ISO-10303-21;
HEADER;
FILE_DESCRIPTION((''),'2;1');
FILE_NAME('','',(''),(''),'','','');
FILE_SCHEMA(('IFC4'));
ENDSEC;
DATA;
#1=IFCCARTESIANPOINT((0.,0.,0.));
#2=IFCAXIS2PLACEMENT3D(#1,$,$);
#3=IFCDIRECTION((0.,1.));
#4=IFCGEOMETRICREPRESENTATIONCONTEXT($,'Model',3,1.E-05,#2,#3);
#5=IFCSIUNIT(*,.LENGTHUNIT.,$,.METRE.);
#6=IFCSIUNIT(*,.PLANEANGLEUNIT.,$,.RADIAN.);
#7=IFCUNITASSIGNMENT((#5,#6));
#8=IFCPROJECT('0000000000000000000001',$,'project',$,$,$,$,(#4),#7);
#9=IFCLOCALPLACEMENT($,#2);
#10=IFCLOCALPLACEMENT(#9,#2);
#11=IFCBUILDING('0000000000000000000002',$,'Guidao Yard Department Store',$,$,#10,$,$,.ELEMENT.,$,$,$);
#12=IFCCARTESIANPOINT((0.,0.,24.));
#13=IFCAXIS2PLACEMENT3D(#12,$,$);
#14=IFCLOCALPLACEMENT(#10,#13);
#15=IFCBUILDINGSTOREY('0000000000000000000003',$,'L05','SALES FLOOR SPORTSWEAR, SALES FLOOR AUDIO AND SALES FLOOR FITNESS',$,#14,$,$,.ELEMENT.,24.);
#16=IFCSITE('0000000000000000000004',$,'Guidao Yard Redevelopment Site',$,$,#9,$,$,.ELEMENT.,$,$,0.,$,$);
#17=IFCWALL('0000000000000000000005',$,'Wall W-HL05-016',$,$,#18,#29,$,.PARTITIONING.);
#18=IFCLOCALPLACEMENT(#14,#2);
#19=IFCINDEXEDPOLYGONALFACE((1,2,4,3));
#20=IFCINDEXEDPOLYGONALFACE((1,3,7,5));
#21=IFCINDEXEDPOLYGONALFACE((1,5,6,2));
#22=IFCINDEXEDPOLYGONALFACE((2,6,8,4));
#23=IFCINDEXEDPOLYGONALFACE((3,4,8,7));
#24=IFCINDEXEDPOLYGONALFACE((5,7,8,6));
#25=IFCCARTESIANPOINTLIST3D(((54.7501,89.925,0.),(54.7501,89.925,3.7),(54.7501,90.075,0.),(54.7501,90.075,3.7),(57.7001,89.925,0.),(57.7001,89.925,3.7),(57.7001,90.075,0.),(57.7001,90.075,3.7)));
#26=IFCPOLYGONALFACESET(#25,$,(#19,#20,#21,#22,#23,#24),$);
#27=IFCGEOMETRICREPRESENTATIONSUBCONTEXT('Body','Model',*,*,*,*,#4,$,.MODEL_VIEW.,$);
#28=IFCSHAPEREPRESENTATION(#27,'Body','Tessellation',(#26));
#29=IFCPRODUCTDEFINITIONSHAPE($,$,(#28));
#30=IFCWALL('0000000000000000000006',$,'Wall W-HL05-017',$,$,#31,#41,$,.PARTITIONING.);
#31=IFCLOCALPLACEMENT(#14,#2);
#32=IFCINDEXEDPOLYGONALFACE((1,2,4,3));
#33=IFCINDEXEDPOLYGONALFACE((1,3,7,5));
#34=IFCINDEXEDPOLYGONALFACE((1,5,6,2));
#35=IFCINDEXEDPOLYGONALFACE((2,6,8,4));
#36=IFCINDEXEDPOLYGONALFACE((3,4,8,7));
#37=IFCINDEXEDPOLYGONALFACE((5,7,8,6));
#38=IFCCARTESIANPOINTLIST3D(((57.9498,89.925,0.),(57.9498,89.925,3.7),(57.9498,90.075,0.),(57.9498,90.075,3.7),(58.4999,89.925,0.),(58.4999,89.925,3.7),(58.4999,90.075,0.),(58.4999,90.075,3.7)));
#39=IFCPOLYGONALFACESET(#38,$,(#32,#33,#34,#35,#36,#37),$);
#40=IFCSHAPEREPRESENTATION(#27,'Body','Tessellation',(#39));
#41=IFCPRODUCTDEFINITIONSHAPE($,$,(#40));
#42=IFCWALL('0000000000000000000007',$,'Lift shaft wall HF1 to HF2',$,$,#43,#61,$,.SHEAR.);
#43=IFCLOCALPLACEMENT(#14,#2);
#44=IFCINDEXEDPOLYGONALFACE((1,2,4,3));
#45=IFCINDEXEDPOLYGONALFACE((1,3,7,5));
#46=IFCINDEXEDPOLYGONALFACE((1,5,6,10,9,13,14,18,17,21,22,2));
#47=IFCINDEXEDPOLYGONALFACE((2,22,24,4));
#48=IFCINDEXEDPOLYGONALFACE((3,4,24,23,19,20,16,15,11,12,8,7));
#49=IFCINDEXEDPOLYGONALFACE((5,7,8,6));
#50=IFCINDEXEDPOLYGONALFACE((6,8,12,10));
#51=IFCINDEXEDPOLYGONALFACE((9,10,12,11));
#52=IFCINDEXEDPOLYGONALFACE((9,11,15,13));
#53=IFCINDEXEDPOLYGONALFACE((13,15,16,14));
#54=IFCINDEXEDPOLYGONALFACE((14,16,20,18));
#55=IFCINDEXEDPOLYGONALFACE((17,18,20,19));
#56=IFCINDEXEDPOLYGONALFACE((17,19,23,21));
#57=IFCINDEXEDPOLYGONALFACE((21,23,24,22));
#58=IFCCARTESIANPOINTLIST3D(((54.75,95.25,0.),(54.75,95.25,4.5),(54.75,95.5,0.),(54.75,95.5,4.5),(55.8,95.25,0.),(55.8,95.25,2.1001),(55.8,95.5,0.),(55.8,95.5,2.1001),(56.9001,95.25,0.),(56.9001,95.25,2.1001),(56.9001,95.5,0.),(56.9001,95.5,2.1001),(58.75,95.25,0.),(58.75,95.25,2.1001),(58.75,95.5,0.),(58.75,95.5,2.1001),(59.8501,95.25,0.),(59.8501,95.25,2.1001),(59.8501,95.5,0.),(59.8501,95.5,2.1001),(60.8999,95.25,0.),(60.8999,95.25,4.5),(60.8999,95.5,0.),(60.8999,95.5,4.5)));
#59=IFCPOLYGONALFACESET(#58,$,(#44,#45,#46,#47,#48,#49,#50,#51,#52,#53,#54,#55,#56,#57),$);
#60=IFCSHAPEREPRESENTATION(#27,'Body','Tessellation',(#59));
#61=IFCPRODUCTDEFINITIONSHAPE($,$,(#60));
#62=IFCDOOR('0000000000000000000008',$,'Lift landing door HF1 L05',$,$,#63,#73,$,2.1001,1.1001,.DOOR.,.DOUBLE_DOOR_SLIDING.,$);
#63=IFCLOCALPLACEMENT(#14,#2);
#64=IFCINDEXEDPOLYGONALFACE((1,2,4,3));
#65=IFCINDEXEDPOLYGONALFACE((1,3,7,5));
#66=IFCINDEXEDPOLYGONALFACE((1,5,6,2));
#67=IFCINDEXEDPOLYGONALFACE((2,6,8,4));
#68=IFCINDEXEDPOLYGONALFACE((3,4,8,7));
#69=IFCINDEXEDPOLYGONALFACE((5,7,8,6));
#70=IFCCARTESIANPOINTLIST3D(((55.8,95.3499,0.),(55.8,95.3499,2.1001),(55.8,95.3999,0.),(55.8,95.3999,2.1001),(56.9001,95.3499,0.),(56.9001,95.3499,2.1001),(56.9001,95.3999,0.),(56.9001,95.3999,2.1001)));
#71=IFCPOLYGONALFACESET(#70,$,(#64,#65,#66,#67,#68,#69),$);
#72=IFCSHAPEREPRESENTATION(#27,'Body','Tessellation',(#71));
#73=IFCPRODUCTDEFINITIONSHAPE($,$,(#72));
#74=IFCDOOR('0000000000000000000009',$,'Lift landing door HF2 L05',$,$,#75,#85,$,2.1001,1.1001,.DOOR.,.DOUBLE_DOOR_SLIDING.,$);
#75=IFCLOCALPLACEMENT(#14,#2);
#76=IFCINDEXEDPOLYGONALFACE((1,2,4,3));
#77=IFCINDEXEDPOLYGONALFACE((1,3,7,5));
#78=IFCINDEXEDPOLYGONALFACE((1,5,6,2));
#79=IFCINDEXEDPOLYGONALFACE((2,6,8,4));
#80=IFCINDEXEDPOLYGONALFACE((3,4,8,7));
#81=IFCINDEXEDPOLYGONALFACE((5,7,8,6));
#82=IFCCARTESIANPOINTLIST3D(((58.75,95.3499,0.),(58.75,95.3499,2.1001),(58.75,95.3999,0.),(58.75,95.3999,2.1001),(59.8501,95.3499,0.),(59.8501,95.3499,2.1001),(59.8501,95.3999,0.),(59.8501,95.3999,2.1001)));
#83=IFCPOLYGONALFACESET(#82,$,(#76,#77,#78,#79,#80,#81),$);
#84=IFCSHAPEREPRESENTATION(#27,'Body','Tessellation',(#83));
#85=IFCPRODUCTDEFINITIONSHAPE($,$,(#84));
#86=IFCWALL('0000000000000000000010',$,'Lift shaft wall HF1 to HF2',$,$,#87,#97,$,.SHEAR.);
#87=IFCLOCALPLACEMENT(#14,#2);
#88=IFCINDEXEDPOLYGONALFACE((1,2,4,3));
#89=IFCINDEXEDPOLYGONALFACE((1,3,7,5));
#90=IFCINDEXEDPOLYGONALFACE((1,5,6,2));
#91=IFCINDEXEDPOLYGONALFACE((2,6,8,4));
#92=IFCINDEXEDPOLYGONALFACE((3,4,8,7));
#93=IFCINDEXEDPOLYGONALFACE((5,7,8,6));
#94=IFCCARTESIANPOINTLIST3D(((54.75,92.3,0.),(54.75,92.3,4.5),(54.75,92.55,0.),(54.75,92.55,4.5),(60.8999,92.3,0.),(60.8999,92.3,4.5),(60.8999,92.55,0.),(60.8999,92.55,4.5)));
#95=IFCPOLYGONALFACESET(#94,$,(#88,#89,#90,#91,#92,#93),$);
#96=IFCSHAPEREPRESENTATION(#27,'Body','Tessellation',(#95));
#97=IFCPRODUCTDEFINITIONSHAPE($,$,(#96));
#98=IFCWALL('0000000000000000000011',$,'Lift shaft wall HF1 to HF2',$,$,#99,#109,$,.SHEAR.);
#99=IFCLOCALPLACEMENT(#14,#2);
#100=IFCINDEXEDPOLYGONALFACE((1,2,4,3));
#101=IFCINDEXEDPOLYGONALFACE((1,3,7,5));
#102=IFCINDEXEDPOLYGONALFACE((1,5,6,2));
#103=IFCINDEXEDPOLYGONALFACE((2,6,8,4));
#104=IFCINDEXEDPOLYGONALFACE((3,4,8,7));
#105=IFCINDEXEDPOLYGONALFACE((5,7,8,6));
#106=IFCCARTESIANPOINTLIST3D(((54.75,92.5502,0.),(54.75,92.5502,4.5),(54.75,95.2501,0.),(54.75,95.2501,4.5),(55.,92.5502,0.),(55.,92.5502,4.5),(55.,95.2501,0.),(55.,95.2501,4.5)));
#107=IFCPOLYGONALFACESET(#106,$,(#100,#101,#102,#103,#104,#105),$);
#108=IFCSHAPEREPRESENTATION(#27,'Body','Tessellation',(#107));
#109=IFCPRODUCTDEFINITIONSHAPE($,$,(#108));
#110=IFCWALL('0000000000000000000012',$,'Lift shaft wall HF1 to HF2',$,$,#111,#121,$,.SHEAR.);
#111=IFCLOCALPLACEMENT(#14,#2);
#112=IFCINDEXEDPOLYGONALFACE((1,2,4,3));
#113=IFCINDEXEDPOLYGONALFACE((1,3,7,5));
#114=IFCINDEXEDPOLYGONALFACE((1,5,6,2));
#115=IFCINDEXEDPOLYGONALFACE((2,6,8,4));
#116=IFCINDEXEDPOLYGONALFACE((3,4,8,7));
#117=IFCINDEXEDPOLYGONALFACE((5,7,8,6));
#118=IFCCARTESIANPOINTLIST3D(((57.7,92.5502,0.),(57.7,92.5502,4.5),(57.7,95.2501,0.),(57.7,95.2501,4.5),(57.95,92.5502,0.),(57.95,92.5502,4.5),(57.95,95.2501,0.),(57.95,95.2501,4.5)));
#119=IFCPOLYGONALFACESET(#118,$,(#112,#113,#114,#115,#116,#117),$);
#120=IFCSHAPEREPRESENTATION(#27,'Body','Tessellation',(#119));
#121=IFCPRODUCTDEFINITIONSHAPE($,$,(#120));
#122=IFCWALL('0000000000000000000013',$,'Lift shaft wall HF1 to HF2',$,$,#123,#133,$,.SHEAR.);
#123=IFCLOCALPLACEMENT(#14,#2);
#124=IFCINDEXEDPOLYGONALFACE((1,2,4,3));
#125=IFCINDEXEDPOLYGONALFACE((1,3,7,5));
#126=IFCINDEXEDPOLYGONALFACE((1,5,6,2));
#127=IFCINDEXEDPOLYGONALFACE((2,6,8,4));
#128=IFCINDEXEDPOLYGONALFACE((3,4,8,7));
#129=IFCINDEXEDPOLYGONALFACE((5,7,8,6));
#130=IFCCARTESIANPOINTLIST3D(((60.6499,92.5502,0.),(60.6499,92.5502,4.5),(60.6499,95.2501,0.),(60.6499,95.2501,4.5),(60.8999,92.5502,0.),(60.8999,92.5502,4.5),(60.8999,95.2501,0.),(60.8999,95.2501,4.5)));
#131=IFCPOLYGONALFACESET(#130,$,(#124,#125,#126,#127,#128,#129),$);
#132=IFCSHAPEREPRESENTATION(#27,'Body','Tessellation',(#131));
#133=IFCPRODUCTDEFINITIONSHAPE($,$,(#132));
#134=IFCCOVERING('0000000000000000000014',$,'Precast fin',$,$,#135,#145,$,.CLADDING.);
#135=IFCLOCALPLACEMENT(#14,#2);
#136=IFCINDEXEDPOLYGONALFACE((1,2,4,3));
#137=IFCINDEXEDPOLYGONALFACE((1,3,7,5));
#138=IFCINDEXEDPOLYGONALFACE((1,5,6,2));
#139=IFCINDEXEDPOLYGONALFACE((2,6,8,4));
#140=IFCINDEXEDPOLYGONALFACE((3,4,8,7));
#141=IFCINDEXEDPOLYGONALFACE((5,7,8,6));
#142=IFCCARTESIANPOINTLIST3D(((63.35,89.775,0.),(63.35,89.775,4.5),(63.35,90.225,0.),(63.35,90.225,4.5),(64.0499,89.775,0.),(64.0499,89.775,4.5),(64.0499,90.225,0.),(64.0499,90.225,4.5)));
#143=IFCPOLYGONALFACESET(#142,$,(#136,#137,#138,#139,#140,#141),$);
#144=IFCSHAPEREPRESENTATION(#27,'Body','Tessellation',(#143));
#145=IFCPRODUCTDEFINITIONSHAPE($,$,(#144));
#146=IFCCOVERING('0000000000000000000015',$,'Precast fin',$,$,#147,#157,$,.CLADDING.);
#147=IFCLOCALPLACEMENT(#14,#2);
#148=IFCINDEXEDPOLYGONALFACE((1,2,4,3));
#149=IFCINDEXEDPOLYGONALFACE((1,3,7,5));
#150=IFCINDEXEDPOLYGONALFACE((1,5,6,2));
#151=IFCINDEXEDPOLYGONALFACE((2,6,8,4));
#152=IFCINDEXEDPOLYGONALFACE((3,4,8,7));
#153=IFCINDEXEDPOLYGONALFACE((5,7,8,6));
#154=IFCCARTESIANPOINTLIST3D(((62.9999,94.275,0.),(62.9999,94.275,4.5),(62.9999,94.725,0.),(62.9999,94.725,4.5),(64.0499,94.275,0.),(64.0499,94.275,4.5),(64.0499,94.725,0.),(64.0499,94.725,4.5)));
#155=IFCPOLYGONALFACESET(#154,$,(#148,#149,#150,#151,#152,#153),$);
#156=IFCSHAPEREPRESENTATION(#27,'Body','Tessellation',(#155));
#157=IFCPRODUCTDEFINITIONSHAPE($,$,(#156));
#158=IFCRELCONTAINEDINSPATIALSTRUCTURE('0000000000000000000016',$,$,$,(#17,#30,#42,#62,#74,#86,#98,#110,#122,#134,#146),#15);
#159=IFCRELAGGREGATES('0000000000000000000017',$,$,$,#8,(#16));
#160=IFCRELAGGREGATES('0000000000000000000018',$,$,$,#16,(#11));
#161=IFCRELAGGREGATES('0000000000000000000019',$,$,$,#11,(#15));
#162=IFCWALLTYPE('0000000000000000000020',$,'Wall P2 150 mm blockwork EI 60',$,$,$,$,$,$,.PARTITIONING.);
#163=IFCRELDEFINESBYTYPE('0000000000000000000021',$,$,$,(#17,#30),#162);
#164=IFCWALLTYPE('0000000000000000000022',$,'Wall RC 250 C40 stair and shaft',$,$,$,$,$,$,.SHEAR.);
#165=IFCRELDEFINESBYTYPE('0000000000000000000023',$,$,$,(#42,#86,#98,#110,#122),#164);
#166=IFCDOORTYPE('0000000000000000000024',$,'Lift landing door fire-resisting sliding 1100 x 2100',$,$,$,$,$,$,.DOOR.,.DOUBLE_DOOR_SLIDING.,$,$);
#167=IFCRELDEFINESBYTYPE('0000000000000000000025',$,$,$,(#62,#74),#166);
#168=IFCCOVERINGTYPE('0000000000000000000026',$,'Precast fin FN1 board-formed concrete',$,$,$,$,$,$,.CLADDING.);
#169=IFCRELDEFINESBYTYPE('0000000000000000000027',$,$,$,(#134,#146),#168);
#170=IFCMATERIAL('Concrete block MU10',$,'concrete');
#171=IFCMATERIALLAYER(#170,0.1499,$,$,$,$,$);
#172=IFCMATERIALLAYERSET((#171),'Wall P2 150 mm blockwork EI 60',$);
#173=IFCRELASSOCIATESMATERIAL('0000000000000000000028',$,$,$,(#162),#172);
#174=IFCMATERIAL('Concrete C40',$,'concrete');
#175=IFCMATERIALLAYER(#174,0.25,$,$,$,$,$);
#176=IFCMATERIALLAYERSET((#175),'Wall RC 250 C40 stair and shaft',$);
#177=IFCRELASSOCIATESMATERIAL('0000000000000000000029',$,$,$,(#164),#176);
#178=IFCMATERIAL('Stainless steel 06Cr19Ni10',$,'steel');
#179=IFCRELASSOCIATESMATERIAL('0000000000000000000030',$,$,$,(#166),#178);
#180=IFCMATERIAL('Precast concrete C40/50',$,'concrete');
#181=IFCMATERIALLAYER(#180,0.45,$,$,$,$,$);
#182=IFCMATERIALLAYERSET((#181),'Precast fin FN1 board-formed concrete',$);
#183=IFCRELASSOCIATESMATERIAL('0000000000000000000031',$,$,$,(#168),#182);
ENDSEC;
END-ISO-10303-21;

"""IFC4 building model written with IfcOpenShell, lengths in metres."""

from ifc_helpers import new_model, si_unit, direction, frame, frame_2d, origin, origin_2d, place, context, subcontext, project, spatial, rectangle, extrude, material, layer, layer_set, type_object, element, fill, save


model = new_model("IFC4")

# Units and contexts
model_context = context("Model", 3, precision=1e-05, world=origin(), true_north=direction((0.0, 1.0)))
body_context = subcontext(model_context, "Body", "Model", "MODEL_VIEW")
ifc_project = project(units=[si_unit("LENGTHUNIT", "METRE"), si_unit("PLANEANGLEUNIT", "RADIAN")], contexts=[model_context])

# Site, building, storey
site_placement = place(None, origin())
site = spatial("IfcSite", under=ifc_project, at=site_placement, Name="Guidao Yard Redevelopment Site", CompositionType="ELEMENT", RefElevation=0.0)
building_placement = place(site_placement, origin())
building = spatial("IfcBuilding", under=site, at=building_placement, Name="Guidao Yard Department Store", CompositionType="ELEMENT")
storey_placement = place(building_placement, frame((0.0, 0.0, 24.0)))
storey = spatial("IfcBuildingStorey", under=building, at=storey_placement, Name="L05", Description="SALES FLOOR SPORTSWEAR, SALES FLOOR AUDIO AND SALES FLOOR FITNESS", CompositionType="ELEMENT", Elevation=24.0)

# Walls
ifc_material_1 = material(Name="Concrete block MU10", Category="concrete")
ifc_layer_1 = layer(ifc_material_1, 0.1499)
ifc_layer_set_1 = layer_set([ifc_layer_1], Name="Wall P2 150 mm blockwork EI 60")
wall_type_1 = type_object("IfcWallType", Name="Wall P2 150 mm blockwork EI 60", PredefinedType="PARTITIONING", material=ifc_layer_set_1)
wall_1_placement = place(storey_placement, frame((54.75, 90.0, 0.0), z_axis=(0.0, 0.0, 1.0), x_axis=(1.0, 0.0, 0.0)))
element("IfcWall", 1, at=wall_1_placement, inside=storey, type_object=wall_type_1, Name="Wall W-HL05-016", PredefinedType="PARTITIONING", context=body_context, shape_type="SweptSolid", body=[
    extrude(rectangle(XDim=2.95, YDim=0.1499, at=frame_2d((1.4751, 0.0))), origin(), (0.0, 0.0, 1.0), 3.7),
])
wall_2_placement = place(storey_placement, frame((57.95, 90.0, 0.0), z_axis=(0.0, 0.0, 1.0), x_axis=(1.0, 0.0, 0.0)))
element("IfcWall", 2, at=wall_2_placement, inside=storey, type_object=wall_type_1, Name="Wall W-HL05-017", PredefinedType="PARTITIONING", context=body_context, shape_type="SweptSolid", body=[
    extrude(rectangle(XDim=0.55, YDim=0.1499, at=frame_2d((0.2749, 0.0))), origin(), (0.0, 0.0, 1.0), 3.7),
])

# Wall, openings, doors
ifc_material_2 = material(Name="Concrete C40", Category="concrete")
ifc_layer_2 = layer(ifc_material_2, 0.25)
ifc_layer_set_2 = layer_set([ifc_layer_2], Name="Wall RC 250 C40 stair and shaft")
wall_type_2 = type_object("IfcWallType", Name="Wall RC 250 C40 stair and shaft", PredefinedType="SHEAR", material=ifc_layer_set_2)
wall_3_placement = place(storey_placement, frame((54.75, 95.375, 0.0), z_axis=(0.0, 0.0, 1.0), x_axis=(1.0, 0.0, 0.0)))
wall_3 = element("IfcWall", 3, at=wall_3_placement, inside=storey, type_object=wall_type_2, Name="Lift shaft wall HF1 to HF2", PredefinedType="SHEAR", context=body_context, shape_type="SweptSolid", body=[
    extrude(rectangle(XDim=6.1499, YDim=0.25, at=frame_2d((3.075, 0.0))), origin(), (0.0, 0.0, 1.0), 4.5),
])
opening_1_placement = place(wall_3_placement, frame((1.05, 0.0, 0.0)))
opening_1 = element("IfcOpeningElement", 4, at=opening_1_placement, cuts=wall_3, PredefinedType="OPENING", context=body_context, shape_type="SweptSolid", body=[
    extrude(rectangle(XDim=1.1001, YDim=2.1001, at=frame_2d((0.55, 1.05))), frame((0.0, 0.135, 0.0), z_axis=(0.0, -1.0, 0.0), x_axis=(1.0, 0.0, 0.0)), (0.0, 0.0, 1.0), 0.27),
])
opening_2_placement = place(wall_3_placement, frame((4.0, 0.0, 0.0)))
opening_2 = element("IfcOpeningElement", 5, at=opening_2_placement, cuts=wall_3, PredefinedType="OPENING", context=body_context, shape_type="SweptSolid", body=[
    extrude(rectangle(XDim=1.1001, YDim=2.1001, at=frame_2d((0.55, 1.05))), frame((0.0, 0.135, 0.0), z_axis=(0.0, -1.0, 0.0), x_axis=(1.0, 0.0, 0.0)), (0.0, 0.0, 1.0), 0.27),
])
ifc_material_3 = material(Name="Stainless steel 06Cr19Ni10", Category="steel")
door_type = type_object("IfcDoorType", Name="Lift landing door fire-resisting sliding 1100 x 2100", OperationType="DOUBLE_DOOR_SLIDING", PredefinedType="DOOR", material=ifc_material_3)
door_1_placement = place(opening_1_placement, origin())
door_1 = element("IfcDoor", 6, at=door_1_placement, inside=storey, type_object=door_type, Name="Lift landing door HF1 L05", OperationType="DOUBLE_DOOR_SLIDING", OverallHeight=2.1001, OverallWidth=1.1001, PredefinedType="DOOR", context=body_context, shape_type="SweptSolid", body=[
    extrude(rectangle(XDim=1.1001, YDim=2.1001, at=frame_2d((0.55, 1.05))), frame((0.0, 0.0249, 0.0), z_axis=(0.0, -1.0, 0.0), x_axis=(1.0, 0.0, 0.0)), (0.0, 0.0, 1.0), 0.05),
])
fill(opening_1, door_1)
door_2_placement = place(opening_2_placement, origin())
door_2 = element("IfcDoor", 7, at=door_2_placement, inside=storey, type_object=door_type, Name="Lift landing door HF2 L05", OperationType="DOUBLE_DOOR_SLIDING", OverallHeight=2.1001, OverallWidth=1.1001, PredefinedType="DOOR", context=body_context, shape_type="SweptSolid", body=[
    extrude(rectangle(XDim=1.1001, YDim=2.1001, at=frame_2d((0.55, 1.05))), frame((0.0, 0.0249, 0.0), z_axis=(0.0, -1.0, 0.0), x_axis=(1.0, 0.0, 0.0)), (0.0, 0.0, 1.0), 0.05),
])
fill(opening_2, door_2)

# Walls
wall_4_placement = place(storey_placement, frame((54.75, 92.425, 0.0), z_axis=(0.0, 0.0, 1.0), x_axis=(1.0, 0.0, 0.0)))
element("IfcWall", 8, at=wall_4_placement, inside=storey, type_object=wall_type_2, Name="Lift shaft wall HF1 to HF2", PredefinedType="SHEAR", context=body_context, shape_type="SweptSolid", body=[
    extrude(rectangle(XDim=6.1499, YDim=0.25, at=frame_2d((3.075, 0.0))), origin(), (0.0, 0.0, 1.0), 4.5),
])
for number, where, z_axis, x_axis, name in (
    (9, (54.875, 92.55, 0.0), (0.0, 0.0, 1.0), (0.0, 1.0, 0.0), "Lift shaft wall HF1 to HF2"),
    (10, (57.825, 92.55, 0.0), (0.0, 0.0, 1.0), (0.0, 1.0, 0.0), "Lift shaft wall HF1 to HF2"),
    (11, (60.7749, 92.55, 0.0), (0.0, 0.0, 1.0), (0.0, 1.0, 0.0), "Lift shaft wall HF1 to HF2"),
):
    element("IfcWall", number, at=place(storey_placement, frame(where, z_axis=z_axis, x_axis=x_axis)), inside=storey, type_object=wall_type_2, Name=name, PredefinedType="SHEAR", context=body_context, shape_type="SweptSolid", body=[
        extrude(rectangle(XDim=2.7, YDim=0.25, at=frame_2d((1.3501, 0.0))), origin(), (0.0, 0.0, 1.0), 4.5),
    ])

# Coverings
ifc_material_4 = material(Name="Precast concrete C40/50", Category="concrete")
ifc_layer_3 = layer(ifc_material_4, 0.45)
ifc_layer_set_3 = layer_set([ifc_layer_3], Name="Precast fin FN1 board-formed concrete")
covering_type = type_object("IfcCoveringType", Name="Precast fin FN1 board-formed concrete", PredefinedType="CLADDING", material=ifc_layer_set_3)
covering_1_placement = place(storey_placement, frame((63.7, 90.0, 0.0), z_axis=(0.0, 0.0, 1.0), x_axis=(0.0, -1.0, 0.0)))
element("IfcCovering", 12, at=covering_1_placement, inside=storey, type_object=covering_type, Name="Precast fin", PredefinedType="CLADDING", context=body_context, shape_type="SweptSolid", body=[
    extrude(rectangle(XDim=0.45, YDim=0.7, at=origin_2d()), origin(), (0.0, 0.0, 1.0), 4.5),
])
covering_2_placement = place(storey_placement, frame((63.5249, 94.5, 0.0), z_axis=(0.0, 0.0, 1.0), x_axis=(0.0, -1.0, 0.0)))
element("IfcCovering", 13, at=covering_2_placement, inside=storey, type_object=covering_type, Name="Precast fin", PredefinedType="CLADDING", context=body_context, shape_type="SweptSolid", body=[
    extrude(rectangle(XDim=0.45, YDim=1.05, at=origin_2d()), origin(), (0.0, 0.0, 1.0), 4.5),
])

save(model, "model.ifc")
